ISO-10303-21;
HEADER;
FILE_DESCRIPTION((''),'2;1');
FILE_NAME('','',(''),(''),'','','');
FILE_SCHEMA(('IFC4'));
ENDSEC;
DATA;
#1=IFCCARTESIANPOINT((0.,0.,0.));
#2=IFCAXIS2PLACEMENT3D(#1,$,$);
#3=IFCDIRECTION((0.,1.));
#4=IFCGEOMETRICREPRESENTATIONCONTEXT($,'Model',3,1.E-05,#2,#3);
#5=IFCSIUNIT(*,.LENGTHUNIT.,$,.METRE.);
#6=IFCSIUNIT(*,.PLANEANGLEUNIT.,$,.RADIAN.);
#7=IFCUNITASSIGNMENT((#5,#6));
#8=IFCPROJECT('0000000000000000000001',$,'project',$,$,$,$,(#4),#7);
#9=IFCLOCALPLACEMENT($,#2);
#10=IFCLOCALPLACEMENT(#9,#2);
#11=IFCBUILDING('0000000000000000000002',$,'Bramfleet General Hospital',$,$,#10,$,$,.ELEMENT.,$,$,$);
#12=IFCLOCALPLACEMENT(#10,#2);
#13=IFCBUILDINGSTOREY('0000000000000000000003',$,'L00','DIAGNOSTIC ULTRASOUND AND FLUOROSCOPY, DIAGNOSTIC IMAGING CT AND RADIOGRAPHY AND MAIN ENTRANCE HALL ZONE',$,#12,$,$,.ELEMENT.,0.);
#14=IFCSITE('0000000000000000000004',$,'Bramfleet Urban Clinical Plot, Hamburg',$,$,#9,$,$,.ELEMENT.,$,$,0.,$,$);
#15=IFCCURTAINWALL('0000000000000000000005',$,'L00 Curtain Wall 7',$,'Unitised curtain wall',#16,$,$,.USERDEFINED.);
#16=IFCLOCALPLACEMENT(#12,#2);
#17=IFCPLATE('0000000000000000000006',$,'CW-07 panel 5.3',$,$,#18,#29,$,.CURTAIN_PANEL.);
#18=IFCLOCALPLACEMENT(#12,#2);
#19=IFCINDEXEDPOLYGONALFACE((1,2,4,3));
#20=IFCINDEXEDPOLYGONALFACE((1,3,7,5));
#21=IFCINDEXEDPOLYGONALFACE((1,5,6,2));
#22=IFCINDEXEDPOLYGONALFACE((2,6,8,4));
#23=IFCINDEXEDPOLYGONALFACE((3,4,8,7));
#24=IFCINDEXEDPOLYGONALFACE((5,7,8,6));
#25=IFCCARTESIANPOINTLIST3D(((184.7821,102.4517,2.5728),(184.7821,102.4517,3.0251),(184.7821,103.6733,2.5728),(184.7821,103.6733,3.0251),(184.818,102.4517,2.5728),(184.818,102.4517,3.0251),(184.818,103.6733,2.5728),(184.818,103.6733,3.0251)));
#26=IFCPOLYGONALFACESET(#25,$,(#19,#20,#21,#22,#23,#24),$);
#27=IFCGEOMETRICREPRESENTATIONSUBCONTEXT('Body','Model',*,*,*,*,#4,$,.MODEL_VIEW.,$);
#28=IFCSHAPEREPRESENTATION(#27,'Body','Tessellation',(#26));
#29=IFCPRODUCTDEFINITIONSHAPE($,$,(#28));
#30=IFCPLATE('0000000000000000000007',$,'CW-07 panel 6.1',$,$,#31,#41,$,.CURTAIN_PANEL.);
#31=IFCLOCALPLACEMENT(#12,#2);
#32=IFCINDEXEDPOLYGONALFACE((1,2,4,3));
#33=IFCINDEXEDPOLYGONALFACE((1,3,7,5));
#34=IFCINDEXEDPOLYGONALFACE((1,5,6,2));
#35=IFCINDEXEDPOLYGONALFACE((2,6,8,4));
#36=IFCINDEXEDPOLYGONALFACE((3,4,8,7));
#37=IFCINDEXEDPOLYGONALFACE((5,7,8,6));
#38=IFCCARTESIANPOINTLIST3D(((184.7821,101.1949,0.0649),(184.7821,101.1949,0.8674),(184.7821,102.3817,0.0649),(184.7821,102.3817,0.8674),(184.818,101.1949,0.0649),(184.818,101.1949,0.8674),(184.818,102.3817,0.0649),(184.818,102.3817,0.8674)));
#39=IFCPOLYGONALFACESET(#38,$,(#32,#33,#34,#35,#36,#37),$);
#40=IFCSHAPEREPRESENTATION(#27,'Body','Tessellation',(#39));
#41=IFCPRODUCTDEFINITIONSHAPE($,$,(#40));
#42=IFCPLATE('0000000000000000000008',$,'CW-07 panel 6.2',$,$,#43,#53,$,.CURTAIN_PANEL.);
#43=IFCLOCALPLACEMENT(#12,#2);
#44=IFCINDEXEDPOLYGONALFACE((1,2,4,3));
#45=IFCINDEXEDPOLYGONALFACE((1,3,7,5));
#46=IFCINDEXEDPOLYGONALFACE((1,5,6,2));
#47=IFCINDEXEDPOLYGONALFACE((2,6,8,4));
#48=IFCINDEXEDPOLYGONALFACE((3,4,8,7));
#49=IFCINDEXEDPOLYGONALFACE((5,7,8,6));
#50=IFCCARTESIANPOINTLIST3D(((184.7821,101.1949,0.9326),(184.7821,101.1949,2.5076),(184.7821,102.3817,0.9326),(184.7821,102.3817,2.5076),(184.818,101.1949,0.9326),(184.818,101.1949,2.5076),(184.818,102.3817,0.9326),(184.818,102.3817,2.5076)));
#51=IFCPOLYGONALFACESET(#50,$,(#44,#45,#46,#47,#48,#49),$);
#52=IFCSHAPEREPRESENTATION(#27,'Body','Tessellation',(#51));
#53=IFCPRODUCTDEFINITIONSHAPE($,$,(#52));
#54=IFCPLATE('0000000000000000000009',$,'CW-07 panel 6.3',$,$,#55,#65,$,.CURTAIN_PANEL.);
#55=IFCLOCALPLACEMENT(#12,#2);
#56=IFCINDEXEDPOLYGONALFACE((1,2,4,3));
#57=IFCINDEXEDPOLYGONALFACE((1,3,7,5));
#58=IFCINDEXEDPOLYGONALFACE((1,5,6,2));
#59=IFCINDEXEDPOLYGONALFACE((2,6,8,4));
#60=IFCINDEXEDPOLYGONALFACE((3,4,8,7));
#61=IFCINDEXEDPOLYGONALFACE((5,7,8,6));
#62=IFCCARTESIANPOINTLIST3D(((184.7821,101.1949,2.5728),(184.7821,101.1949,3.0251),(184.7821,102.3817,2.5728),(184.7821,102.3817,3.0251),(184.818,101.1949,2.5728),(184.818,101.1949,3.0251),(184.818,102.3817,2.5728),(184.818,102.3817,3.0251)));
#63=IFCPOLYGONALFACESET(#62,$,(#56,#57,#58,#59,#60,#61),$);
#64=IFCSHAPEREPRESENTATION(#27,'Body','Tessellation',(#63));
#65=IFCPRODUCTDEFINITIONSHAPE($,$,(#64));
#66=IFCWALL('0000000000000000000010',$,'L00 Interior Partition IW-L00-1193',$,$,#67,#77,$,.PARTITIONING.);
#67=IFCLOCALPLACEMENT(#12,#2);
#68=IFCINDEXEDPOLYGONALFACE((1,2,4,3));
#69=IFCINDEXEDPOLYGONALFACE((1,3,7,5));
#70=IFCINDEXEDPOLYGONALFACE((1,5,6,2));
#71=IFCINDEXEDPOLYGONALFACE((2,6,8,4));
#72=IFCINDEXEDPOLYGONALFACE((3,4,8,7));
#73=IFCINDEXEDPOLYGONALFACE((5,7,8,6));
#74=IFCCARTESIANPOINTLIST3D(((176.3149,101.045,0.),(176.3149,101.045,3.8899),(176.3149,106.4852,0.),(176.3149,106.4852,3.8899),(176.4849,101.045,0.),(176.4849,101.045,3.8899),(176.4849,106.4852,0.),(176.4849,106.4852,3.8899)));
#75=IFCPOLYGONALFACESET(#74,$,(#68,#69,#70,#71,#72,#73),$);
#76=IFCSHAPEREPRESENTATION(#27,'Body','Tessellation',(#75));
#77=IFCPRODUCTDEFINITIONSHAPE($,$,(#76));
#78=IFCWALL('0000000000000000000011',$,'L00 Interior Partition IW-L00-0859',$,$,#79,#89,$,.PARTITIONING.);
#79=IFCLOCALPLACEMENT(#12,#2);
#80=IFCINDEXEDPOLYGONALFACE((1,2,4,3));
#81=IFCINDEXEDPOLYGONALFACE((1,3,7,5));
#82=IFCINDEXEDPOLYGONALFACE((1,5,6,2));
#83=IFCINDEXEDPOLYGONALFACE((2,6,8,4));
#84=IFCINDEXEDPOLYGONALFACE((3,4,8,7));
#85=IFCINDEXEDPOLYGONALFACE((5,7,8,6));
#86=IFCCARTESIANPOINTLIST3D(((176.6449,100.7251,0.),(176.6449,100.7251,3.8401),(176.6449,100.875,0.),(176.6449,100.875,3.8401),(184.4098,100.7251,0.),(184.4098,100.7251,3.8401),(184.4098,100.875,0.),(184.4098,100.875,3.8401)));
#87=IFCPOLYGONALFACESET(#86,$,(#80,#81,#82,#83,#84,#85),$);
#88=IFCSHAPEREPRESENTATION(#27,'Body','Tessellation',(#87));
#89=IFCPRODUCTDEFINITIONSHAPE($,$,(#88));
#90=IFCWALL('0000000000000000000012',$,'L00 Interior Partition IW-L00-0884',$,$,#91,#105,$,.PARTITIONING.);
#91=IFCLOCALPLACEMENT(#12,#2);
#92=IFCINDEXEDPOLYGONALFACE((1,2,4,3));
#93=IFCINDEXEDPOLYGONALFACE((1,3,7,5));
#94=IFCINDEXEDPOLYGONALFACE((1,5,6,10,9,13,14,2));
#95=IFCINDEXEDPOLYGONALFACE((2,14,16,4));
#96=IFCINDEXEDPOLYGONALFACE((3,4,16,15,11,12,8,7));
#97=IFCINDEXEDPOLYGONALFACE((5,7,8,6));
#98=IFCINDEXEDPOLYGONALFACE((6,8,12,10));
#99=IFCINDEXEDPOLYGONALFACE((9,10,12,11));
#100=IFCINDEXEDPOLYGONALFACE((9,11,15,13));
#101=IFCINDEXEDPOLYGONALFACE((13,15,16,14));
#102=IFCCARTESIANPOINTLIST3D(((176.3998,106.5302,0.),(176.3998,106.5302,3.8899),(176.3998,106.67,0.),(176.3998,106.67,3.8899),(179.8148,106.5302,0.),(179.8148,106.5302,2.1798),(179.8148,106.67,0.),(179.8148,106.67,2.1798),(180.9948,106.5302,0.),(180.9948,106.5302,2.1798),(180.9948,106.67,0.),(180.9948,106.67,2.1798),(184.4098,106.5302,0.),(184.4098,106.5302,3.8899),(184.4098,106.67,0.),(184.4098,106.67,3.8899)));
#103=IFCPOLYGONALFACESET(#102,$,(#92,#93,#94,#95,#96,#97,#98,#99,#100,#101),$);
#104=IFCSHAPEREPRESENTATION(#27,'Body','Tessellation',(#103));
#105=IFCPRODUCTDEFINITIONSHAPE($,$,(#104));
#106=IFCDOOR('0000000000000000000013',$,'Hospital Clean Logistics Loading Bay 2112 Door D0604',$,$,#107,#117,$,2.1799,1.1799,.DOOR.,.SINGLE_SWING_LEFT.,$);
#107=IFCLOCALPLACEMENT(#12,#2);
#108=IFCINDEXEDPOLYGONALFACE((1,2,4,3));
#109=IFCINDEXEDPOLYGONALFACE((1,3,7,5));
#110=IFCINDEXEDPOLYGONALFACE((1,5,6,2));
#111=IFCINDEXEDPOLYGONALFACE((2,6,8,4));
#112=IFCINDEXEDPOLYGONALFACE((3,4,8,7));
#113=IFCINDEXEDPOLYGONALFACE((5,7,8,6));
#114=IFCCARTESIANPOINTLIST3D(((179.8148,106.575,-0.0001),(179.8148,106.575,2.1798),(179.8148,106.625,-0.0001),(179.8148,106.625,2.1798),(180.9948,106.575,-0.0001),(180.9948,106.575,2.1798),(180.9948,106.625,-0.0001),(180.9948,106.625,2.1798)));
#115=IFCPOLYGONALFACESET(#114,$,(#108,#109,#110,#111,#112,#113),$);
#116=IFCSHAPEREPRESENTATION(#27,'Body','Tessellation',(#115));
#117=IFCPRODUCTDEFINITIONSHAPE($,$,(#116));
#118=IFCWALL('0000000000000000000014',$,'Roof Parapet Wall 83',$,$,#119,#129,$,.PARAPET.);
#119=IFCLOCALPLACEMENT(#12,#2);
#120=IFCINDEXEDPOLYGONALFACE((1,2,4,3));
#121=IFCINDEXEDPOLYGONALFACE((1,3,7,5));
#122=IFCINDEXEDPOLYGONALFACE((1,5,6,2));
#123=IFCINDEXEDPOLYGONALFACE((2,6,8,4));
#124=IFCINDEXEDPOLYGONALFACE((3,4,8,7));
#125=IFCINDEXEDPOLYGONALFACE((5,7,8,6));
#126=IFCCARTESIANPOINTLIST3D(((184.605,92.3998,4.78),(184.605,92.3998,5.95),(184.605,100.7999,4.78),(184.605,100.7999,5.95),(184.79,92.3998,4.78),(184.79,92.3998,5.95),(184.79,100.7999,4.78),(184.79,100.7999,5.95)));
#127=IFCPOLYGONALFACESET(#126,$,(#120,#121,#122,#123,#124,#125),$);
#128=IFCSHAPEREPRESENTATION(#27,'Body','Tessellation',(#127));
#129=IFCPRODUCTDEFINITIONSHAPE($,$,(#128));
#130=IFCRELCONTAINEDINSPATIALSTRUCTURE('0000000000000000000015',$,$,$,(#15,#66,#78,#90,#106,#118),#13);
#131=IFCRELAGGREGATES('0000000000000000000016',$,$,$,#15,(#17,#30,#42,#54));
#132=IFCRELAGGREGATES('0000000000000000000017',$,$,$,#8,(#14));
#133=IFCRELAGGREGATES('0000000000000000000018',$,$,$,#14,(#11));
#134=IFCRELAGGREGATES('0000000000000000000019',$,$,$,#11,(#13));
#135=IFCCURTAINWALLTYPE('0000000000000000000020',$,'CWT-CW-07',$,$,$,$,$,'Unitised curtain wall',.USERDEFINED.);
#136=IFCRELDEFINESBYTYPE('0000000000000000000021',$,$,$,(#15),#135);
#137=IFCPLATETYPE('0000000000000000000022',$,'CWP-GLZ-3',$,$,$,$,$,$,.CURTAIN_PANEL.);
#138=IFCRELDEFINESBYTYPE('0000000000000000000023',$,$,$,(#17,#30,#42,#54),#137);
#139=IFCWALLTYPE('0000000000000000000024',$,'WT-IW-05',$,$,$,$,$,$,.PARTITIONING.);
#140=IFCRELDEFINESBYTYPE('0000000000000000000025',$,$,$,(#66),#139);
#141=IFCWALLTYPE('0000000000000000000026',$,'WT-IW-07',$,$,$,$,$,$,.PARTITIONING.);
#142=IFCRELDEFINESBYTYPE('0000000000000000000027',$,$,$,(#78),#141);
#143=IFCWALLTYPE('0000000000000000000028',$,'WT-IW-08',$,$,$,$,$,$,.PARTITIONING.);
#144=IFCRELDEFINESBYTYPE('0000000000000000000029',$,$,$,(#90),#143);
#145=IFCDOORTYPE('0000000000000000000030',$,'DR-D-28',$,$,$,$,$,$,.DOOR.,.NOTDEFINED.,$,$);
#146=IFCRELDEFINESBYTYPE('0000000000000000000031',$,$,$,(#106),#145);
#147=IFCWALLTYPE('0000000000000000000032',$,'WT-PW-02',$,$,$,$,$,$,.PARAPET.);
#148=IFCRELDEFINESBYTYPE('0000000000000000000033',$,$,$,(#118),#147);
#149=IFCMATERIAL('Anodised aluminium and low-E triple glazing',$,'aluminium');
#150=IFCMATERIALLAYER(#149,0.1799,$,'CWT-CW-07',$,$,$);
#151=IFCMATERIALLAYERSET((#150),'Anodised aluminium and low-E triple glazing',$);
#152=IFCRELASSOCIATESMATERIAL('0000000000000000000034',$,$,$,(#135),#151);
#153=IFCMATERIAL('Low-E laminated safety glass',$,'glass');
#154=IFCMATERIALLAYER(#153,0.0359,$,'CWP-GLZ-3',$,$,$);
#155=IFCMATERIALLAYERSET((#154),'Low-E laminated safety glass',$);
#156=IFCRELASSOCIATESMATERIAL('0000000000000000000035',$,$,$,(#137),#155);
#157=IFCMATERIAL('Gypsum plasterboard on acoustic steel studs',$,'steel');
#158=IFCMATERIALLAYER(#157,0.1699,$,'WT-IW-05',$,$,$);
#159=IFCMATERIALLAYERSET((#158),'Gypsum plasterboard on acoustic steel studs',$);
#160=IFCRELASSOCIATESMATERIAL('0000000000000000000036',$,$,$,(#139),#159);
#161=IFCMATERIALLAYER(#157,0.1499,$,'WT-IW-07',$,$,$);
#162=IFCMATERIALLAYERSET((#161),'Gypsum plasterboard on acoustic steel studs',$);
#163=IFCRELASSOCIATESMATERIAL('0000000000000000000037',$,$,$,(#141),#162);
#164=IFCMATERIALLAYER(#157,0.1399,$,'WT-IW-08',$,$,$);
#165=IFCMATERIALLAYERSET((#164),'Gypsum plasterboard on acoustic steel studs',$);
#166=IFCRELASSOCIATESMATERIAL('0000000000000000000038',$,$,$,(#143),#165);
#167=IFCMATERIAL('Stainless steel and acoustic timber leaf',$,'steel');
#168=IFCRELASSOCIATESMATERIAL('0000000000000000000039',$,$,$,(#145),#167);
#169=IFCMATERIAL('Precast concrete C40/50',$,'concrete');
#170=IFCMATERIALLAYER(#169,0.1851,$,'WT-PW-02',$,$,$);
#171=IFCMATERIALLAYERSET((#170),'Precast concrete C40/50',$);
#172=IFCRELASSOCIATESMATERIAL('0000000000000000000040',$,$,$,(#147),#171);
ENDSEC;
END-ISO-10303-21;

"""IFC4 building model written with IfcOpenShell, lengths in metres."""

from ifc_helpers import new_model, si_unit, direction, frame, frame_2d, origin, origin_2d, place, context, subcontext, project, spatial, rectangle, extrude, material, layer, layer_set, type_object, element, fill, aggregate, save


model = new_model("IFC4")

# Units and contexts
model_context = context("Model", 3, precision=1e-05, world=origin(), true_north=direction((0.0, 1.0)))
body_context = subcontext(model_context, "Body", "Model", "MODEL_VIEW")
ifc_project = project(units=[si_unit("LENGTHUNIT", "METRE"), si_unit("PLANEANGLEUNIT", "RADIAN")], contexts=[model_context])

# Site, building, storey
site_placement = place(None, origin())
site = spatial("IfcSite", under=ifc_project, at=site_placement, Name="Bramfleet Urban Clinical Plot, Hamburg", CompositionType="ELEMENT", RefElevation=0.0)
building_placement = place(site_placement, origin())
building = spatial("IfcBuilding", under=site, at=building_placement, Name="Bramfleet General Hospital", CompositionType="ELEMENT")
storey_placement = place(building_placement, origin())
storey = spatial("IfcBuildingStorey", under=building, at=storey_placement, Name="L00", Description="DIAGNOSTIC ULTRASOUND AND FLUOROSCOPY, DIAGNOSTIC IMAGING CT AND RADIOGRAPHY AND MAIN ENTRANCE HALL ZONE", CompositionType="ELEMENT", Elevation=0.0)

# Curtain wall
ifc_material_1 = material(Name="Anodised aluminium and low-E triple glazing", Category="aluminium")
ifc_layer_1 = layer(ifc_material_1, 0.1799, Name="CWT-CW-07")
ifc_layer_set_1 = layer_set([ifc_layer_1], Name="Anodised aluminium and low-E triple glazing")
curtain_wall_type_1 = type_object("IfcCurtainWallType", Name="CWT-CW-07", ElementType="Unitised curtain wall", PredefinedType="USERDEFINED", material=ifc_layer_set_1)
curtain_wall_1_placement = place(storey_placement, origin())
curtain_wall_1 = element("IfcCurtainWall", 1, at=curtain_wall_1_placement, inside=storey, type_object=curtain_wall_type_1, Name="L00 Curtain Wall 7", ObjectType="Unitised curtain wall", PredefinedType="USERDEFINED")

# Plates
ifc_material_2 = material(Name="Low-E laminated safety glass", Category="glass")
ifc_layer_2 = layer(ifc_material_2, 0.0359, Name="CWP-GLZ-3")
ifc_layer_set_2 = layer_set([ifc_layer_2], Name="Low-E laminated safety glass")
plate_type = type_object("IfcPlateType", Name="CWP-GLZ-3", PredefinedType="CURTAIN_PANEL", material=ifc_layer_set_2)
plate_1_placement = place(storey_placement, frame((184.8, 103.0625, 2.5728), z_axis=(0.0, 0.0, 1.0), x_axis=(0.0, -1.0, 0.0)))
plate_1 = element("IfcPlate", 2, at=plate_1_placement, type_object=plate_type, Name="CW-07 panel 5.3", PredefinedType="CURTAIN_PANEL", context=body_context, shape_type="SweptSolid", body=[
    extrude(rectangle(XDim=1.2217, YDim=0.0359, at=origin_2d()), origin(), (0.0, 0.0, 1.0), 0.4524),
])
plate_2_placement = place(storey_placement, frame((184.8, 101.7883, 0.0649), z_axis=(0.0, 0.0, 1.0), x_axis=(0.0, -1.0, 0.0)))
plate_2 = element("IfcPlate", 3, at=plate_2_placement, type_object=plate_type, Name="CW-07 panel 6.1", PredefinedType="CURTAIN_PANEL", context=body_context, shape_type="SweptSolid", body=[
    extrude(rectangle(XDim=1.1868, YDim=0.0359, at=origin_2d()), origin(), (0.0, 0.0, 1.0), 0.8025),
])
plate_3_placement = place(storey_placement, frame((184.8, 101.7883, 0.9326), z_axis=(0.0, 0.0, 1.0), x_axis=(0.0, -1.0, 0.0)))
plate_3 = element("IfcPlate", 4, at=plate_3_placement, type_object=plate_type, Name="CW-07 panel 6.2", PredefinedType="CURTAIN_PANEL", context=body_context, shape_type="SweptSolid", body=[
    extrude(rectangle(XDim=1.1868, YDim=0.0359, at=origin_2d()), origin(), (0.0, 0.0, 1.0), 1.575),
])
plate_4_placement = place(storey_placement, frame((184.8, 101.7883, 2.5728), z_axis=(0.0, 0.0, 1.0), x_axis=(0.0, -1.0, 0.0)))
plate_4 = element("IfcPlate", 5, at=plate_4_placement, type_object=plate_type, Name="CW-07 panel 6.3", PredefinedType="CURTAIN_PANEL", context=body_context, shape_type="SweptSolid", body=[
    extrude(rectangle(XDim=1.1868, YDim=0.0359, at=origin_2d()), origin(), (0.0, 0.0, 1.0), 0.4524),
])
aggregate(curtain_wall_1, [plate_1, plate_2, plate_3, plate_4])

# Walls
ifc_material_3 = material(Name="Gypsum plasterboard on acoustic steel studs", Category="steel")
ifc_layer_3 = layer(ifc_material_3, 0.1699, Name="WT-IW-05")
ifc_layer_set_3 = layer_set([ifc_layer_3], Name="Gypsum plasterboard on acoustic steel studs")
wall_type_1 = type_object("IfcWallType", Name="WT-IW-05", PredefinedType="PARTITIONING", material=ifc_layer_set_3)
wall_1_placement = place(storey_placement, frame((176.3999, 101.0449, 0.0), z_axis=(0.0, 0.0, 1.0), x_axis=(0.0, 1.0, 0.0)))
element("IfcWall", 6, at=wall_1_placement, inside=storey, type_object=wall_type_1, Name="L00 Interior Partition IW-L00-1193", PredefinedType="PARTITIONING", context=body_context, shape_type="SweptSolid", body=[
    extrude(rectangle(XDim=5.4402, YDim=0.1699, at=frame_2d((2.7202, 0.0))), origin(), (0.0, 0.0, 1.0), 3.8899),
])
ifc_layer_4 = layer(ifc_material_3, 0.1499, Name="WT-IW-07")
ifc_layer_set_4 = layer_set([ifc_layer_4], Name="Gypsum plasterboard on acoustic steel studs")
wall_type_2 = type_object("IfcWallType", Name="WT-IW-07", PredefinedType="PARTITIONING", material=ifc_layer_set_4)
wall_2_placement = place(storey_placement, frame((176.645, 100.8, 0.0), z_axis=(0.0, 0.0, 1.0), x_axis=(1.0, 0.0, 0.0)))
element("IfcWall", 7, at=wall_2_placement, inside=storey, type_object=wall_type_2, Name="L00 Interior Partition IW-L00-0859", PredefinedType="PARTITIONING", context=body_context, shape_type="SweptSolid", body=[
    extrude(rectangle(XDim=7.7649, YDim=0.1499, at=frame_2d((3.8823, 0.0))), origin(), (0.0, 0.0, 1.0), 3.8401),
])

# Wall, opening, door
ifc_layer_5 = layer(ifc_material_3, 0.1399, Name="WT-IW-08")
ifc_layer_set_5 = layer_set([ifc_layer_5], Name="Gypsum plasterboard on acoustic steel studs")
wall_type_3 = type_object("IfcWallType", Name="WT-IW-08", PredefinedType="PARTITIONING", material=ifc_layer_set_5)
wall_3_placement = place(storey_placement, frame((176.3999, 106.6001, 0.0), z_axis=(0.0, 0.0, 1.0), x_axis=(1.0, 0.0, 0.0)))
wall_3 = element("IfcWall", 8, at=wall_3_placement, inside=storey, type_object=wall_type_3, Name="L00 Interior Partition IW-L00-0884", PredefinedType="PARTITIONING", context=body_context, shape_type="SweptSolid", body=[
    extrude(rectangle(XDim=8.01, YDim=0.1399, at=frame_2d((4.0049, 0.0))), origin(), (0.0, 0.0, 1.0), 3.8899),
])
opening_placement = place(wall_3_placement, frame((3.415, 0.0, 0.0)))
opening = element("IfcOpeningElement", 9, at=opening_placement, cuts=wall_3, PredefinedType="OPENING", context=body_context, shape_type="SweptSolid", body=[
    extrude(rectangle(XDim=1.1799, YDim=2.1799, at=frame_2d((0.5898, 1.0898))), frame((0.0, 0.0798, 0.0), z_axis=(0.0, -1.0, 0.0), x_axis=(1.0, 0.0, 0.0)), (0.0, 0.0, 1.0), 0.1599),
])
ifc_material_4 = material(Name="Stainless steel and acoustic timber leaf", Category="steel")
door_type = type_object("IfcDoorType", Name="DR-D-28", OperationType="NOTDEFINED", PredefinedType="DOOR", material=ifc_material_4)
door_placement = place(opening_placement, origin())
door = element("IfcDoor", 10, at=door_placement, inside=storey, type_object=door_type, Name="Hospital Clean Logistics Loading Bay 2112 Door D0604", OperationType="SINGLE_SWING_LEFT", OverallHeight=2.1799, OverallWidth=1.1799, PredefinedType="DOOR", context=body_context, shape_type="SweptSolid", body=[
    extrude(rectangle(XDim=1.1799, YDim=2.1799, at=frame_2d((0.5898, 1.0898))), frame((0.0, 0.0249, 0.0), z_axis=(0.0, -1.0, 0.0), x_axis=(1.0, 0.0, 0.0)), (0.0, 0.0, 1.0), 0.05),
])
fill(opening, door)

# Wall
ifc_material_5 = material(Name="Precast concrete C40/50", Category="concrete")
ifc_layer_6 = layer(ifc_material_5, 0.1851, Name="WT-PW-02")
ifc_layer_set_6 = layer_set([ifc_layer_6], Name="Precast concrete C40/50")
wall_type_4 = type_object("IfcWallType", Name="WT-PW-02", PredefinedType="PARAPET", material=ifc_layer_set_6)
wall_4_placement = place(storey_placement, frame((184.6975, 100.8, 4.78), z_axis=(0.0, 0.0, 1.0), x_axis=(0.0, -1.0, 0.0)))
element("IfcWall", 11, at=wall_4_placement, inside=storey, type_object=wall_type_4, Name="Roof Parapet Wall 83", PredefinedType="PARAPET", context=body_context, shape_type="SweptSolid", body=[
    extrude(rectangle(XDim=8.4001, YDim=0.1851, at=frame_2d((4.2002, 0.0))), origin(), (0.0, 0.0, 1.0), 1.1699),
])

save(model, "model.ifc")
